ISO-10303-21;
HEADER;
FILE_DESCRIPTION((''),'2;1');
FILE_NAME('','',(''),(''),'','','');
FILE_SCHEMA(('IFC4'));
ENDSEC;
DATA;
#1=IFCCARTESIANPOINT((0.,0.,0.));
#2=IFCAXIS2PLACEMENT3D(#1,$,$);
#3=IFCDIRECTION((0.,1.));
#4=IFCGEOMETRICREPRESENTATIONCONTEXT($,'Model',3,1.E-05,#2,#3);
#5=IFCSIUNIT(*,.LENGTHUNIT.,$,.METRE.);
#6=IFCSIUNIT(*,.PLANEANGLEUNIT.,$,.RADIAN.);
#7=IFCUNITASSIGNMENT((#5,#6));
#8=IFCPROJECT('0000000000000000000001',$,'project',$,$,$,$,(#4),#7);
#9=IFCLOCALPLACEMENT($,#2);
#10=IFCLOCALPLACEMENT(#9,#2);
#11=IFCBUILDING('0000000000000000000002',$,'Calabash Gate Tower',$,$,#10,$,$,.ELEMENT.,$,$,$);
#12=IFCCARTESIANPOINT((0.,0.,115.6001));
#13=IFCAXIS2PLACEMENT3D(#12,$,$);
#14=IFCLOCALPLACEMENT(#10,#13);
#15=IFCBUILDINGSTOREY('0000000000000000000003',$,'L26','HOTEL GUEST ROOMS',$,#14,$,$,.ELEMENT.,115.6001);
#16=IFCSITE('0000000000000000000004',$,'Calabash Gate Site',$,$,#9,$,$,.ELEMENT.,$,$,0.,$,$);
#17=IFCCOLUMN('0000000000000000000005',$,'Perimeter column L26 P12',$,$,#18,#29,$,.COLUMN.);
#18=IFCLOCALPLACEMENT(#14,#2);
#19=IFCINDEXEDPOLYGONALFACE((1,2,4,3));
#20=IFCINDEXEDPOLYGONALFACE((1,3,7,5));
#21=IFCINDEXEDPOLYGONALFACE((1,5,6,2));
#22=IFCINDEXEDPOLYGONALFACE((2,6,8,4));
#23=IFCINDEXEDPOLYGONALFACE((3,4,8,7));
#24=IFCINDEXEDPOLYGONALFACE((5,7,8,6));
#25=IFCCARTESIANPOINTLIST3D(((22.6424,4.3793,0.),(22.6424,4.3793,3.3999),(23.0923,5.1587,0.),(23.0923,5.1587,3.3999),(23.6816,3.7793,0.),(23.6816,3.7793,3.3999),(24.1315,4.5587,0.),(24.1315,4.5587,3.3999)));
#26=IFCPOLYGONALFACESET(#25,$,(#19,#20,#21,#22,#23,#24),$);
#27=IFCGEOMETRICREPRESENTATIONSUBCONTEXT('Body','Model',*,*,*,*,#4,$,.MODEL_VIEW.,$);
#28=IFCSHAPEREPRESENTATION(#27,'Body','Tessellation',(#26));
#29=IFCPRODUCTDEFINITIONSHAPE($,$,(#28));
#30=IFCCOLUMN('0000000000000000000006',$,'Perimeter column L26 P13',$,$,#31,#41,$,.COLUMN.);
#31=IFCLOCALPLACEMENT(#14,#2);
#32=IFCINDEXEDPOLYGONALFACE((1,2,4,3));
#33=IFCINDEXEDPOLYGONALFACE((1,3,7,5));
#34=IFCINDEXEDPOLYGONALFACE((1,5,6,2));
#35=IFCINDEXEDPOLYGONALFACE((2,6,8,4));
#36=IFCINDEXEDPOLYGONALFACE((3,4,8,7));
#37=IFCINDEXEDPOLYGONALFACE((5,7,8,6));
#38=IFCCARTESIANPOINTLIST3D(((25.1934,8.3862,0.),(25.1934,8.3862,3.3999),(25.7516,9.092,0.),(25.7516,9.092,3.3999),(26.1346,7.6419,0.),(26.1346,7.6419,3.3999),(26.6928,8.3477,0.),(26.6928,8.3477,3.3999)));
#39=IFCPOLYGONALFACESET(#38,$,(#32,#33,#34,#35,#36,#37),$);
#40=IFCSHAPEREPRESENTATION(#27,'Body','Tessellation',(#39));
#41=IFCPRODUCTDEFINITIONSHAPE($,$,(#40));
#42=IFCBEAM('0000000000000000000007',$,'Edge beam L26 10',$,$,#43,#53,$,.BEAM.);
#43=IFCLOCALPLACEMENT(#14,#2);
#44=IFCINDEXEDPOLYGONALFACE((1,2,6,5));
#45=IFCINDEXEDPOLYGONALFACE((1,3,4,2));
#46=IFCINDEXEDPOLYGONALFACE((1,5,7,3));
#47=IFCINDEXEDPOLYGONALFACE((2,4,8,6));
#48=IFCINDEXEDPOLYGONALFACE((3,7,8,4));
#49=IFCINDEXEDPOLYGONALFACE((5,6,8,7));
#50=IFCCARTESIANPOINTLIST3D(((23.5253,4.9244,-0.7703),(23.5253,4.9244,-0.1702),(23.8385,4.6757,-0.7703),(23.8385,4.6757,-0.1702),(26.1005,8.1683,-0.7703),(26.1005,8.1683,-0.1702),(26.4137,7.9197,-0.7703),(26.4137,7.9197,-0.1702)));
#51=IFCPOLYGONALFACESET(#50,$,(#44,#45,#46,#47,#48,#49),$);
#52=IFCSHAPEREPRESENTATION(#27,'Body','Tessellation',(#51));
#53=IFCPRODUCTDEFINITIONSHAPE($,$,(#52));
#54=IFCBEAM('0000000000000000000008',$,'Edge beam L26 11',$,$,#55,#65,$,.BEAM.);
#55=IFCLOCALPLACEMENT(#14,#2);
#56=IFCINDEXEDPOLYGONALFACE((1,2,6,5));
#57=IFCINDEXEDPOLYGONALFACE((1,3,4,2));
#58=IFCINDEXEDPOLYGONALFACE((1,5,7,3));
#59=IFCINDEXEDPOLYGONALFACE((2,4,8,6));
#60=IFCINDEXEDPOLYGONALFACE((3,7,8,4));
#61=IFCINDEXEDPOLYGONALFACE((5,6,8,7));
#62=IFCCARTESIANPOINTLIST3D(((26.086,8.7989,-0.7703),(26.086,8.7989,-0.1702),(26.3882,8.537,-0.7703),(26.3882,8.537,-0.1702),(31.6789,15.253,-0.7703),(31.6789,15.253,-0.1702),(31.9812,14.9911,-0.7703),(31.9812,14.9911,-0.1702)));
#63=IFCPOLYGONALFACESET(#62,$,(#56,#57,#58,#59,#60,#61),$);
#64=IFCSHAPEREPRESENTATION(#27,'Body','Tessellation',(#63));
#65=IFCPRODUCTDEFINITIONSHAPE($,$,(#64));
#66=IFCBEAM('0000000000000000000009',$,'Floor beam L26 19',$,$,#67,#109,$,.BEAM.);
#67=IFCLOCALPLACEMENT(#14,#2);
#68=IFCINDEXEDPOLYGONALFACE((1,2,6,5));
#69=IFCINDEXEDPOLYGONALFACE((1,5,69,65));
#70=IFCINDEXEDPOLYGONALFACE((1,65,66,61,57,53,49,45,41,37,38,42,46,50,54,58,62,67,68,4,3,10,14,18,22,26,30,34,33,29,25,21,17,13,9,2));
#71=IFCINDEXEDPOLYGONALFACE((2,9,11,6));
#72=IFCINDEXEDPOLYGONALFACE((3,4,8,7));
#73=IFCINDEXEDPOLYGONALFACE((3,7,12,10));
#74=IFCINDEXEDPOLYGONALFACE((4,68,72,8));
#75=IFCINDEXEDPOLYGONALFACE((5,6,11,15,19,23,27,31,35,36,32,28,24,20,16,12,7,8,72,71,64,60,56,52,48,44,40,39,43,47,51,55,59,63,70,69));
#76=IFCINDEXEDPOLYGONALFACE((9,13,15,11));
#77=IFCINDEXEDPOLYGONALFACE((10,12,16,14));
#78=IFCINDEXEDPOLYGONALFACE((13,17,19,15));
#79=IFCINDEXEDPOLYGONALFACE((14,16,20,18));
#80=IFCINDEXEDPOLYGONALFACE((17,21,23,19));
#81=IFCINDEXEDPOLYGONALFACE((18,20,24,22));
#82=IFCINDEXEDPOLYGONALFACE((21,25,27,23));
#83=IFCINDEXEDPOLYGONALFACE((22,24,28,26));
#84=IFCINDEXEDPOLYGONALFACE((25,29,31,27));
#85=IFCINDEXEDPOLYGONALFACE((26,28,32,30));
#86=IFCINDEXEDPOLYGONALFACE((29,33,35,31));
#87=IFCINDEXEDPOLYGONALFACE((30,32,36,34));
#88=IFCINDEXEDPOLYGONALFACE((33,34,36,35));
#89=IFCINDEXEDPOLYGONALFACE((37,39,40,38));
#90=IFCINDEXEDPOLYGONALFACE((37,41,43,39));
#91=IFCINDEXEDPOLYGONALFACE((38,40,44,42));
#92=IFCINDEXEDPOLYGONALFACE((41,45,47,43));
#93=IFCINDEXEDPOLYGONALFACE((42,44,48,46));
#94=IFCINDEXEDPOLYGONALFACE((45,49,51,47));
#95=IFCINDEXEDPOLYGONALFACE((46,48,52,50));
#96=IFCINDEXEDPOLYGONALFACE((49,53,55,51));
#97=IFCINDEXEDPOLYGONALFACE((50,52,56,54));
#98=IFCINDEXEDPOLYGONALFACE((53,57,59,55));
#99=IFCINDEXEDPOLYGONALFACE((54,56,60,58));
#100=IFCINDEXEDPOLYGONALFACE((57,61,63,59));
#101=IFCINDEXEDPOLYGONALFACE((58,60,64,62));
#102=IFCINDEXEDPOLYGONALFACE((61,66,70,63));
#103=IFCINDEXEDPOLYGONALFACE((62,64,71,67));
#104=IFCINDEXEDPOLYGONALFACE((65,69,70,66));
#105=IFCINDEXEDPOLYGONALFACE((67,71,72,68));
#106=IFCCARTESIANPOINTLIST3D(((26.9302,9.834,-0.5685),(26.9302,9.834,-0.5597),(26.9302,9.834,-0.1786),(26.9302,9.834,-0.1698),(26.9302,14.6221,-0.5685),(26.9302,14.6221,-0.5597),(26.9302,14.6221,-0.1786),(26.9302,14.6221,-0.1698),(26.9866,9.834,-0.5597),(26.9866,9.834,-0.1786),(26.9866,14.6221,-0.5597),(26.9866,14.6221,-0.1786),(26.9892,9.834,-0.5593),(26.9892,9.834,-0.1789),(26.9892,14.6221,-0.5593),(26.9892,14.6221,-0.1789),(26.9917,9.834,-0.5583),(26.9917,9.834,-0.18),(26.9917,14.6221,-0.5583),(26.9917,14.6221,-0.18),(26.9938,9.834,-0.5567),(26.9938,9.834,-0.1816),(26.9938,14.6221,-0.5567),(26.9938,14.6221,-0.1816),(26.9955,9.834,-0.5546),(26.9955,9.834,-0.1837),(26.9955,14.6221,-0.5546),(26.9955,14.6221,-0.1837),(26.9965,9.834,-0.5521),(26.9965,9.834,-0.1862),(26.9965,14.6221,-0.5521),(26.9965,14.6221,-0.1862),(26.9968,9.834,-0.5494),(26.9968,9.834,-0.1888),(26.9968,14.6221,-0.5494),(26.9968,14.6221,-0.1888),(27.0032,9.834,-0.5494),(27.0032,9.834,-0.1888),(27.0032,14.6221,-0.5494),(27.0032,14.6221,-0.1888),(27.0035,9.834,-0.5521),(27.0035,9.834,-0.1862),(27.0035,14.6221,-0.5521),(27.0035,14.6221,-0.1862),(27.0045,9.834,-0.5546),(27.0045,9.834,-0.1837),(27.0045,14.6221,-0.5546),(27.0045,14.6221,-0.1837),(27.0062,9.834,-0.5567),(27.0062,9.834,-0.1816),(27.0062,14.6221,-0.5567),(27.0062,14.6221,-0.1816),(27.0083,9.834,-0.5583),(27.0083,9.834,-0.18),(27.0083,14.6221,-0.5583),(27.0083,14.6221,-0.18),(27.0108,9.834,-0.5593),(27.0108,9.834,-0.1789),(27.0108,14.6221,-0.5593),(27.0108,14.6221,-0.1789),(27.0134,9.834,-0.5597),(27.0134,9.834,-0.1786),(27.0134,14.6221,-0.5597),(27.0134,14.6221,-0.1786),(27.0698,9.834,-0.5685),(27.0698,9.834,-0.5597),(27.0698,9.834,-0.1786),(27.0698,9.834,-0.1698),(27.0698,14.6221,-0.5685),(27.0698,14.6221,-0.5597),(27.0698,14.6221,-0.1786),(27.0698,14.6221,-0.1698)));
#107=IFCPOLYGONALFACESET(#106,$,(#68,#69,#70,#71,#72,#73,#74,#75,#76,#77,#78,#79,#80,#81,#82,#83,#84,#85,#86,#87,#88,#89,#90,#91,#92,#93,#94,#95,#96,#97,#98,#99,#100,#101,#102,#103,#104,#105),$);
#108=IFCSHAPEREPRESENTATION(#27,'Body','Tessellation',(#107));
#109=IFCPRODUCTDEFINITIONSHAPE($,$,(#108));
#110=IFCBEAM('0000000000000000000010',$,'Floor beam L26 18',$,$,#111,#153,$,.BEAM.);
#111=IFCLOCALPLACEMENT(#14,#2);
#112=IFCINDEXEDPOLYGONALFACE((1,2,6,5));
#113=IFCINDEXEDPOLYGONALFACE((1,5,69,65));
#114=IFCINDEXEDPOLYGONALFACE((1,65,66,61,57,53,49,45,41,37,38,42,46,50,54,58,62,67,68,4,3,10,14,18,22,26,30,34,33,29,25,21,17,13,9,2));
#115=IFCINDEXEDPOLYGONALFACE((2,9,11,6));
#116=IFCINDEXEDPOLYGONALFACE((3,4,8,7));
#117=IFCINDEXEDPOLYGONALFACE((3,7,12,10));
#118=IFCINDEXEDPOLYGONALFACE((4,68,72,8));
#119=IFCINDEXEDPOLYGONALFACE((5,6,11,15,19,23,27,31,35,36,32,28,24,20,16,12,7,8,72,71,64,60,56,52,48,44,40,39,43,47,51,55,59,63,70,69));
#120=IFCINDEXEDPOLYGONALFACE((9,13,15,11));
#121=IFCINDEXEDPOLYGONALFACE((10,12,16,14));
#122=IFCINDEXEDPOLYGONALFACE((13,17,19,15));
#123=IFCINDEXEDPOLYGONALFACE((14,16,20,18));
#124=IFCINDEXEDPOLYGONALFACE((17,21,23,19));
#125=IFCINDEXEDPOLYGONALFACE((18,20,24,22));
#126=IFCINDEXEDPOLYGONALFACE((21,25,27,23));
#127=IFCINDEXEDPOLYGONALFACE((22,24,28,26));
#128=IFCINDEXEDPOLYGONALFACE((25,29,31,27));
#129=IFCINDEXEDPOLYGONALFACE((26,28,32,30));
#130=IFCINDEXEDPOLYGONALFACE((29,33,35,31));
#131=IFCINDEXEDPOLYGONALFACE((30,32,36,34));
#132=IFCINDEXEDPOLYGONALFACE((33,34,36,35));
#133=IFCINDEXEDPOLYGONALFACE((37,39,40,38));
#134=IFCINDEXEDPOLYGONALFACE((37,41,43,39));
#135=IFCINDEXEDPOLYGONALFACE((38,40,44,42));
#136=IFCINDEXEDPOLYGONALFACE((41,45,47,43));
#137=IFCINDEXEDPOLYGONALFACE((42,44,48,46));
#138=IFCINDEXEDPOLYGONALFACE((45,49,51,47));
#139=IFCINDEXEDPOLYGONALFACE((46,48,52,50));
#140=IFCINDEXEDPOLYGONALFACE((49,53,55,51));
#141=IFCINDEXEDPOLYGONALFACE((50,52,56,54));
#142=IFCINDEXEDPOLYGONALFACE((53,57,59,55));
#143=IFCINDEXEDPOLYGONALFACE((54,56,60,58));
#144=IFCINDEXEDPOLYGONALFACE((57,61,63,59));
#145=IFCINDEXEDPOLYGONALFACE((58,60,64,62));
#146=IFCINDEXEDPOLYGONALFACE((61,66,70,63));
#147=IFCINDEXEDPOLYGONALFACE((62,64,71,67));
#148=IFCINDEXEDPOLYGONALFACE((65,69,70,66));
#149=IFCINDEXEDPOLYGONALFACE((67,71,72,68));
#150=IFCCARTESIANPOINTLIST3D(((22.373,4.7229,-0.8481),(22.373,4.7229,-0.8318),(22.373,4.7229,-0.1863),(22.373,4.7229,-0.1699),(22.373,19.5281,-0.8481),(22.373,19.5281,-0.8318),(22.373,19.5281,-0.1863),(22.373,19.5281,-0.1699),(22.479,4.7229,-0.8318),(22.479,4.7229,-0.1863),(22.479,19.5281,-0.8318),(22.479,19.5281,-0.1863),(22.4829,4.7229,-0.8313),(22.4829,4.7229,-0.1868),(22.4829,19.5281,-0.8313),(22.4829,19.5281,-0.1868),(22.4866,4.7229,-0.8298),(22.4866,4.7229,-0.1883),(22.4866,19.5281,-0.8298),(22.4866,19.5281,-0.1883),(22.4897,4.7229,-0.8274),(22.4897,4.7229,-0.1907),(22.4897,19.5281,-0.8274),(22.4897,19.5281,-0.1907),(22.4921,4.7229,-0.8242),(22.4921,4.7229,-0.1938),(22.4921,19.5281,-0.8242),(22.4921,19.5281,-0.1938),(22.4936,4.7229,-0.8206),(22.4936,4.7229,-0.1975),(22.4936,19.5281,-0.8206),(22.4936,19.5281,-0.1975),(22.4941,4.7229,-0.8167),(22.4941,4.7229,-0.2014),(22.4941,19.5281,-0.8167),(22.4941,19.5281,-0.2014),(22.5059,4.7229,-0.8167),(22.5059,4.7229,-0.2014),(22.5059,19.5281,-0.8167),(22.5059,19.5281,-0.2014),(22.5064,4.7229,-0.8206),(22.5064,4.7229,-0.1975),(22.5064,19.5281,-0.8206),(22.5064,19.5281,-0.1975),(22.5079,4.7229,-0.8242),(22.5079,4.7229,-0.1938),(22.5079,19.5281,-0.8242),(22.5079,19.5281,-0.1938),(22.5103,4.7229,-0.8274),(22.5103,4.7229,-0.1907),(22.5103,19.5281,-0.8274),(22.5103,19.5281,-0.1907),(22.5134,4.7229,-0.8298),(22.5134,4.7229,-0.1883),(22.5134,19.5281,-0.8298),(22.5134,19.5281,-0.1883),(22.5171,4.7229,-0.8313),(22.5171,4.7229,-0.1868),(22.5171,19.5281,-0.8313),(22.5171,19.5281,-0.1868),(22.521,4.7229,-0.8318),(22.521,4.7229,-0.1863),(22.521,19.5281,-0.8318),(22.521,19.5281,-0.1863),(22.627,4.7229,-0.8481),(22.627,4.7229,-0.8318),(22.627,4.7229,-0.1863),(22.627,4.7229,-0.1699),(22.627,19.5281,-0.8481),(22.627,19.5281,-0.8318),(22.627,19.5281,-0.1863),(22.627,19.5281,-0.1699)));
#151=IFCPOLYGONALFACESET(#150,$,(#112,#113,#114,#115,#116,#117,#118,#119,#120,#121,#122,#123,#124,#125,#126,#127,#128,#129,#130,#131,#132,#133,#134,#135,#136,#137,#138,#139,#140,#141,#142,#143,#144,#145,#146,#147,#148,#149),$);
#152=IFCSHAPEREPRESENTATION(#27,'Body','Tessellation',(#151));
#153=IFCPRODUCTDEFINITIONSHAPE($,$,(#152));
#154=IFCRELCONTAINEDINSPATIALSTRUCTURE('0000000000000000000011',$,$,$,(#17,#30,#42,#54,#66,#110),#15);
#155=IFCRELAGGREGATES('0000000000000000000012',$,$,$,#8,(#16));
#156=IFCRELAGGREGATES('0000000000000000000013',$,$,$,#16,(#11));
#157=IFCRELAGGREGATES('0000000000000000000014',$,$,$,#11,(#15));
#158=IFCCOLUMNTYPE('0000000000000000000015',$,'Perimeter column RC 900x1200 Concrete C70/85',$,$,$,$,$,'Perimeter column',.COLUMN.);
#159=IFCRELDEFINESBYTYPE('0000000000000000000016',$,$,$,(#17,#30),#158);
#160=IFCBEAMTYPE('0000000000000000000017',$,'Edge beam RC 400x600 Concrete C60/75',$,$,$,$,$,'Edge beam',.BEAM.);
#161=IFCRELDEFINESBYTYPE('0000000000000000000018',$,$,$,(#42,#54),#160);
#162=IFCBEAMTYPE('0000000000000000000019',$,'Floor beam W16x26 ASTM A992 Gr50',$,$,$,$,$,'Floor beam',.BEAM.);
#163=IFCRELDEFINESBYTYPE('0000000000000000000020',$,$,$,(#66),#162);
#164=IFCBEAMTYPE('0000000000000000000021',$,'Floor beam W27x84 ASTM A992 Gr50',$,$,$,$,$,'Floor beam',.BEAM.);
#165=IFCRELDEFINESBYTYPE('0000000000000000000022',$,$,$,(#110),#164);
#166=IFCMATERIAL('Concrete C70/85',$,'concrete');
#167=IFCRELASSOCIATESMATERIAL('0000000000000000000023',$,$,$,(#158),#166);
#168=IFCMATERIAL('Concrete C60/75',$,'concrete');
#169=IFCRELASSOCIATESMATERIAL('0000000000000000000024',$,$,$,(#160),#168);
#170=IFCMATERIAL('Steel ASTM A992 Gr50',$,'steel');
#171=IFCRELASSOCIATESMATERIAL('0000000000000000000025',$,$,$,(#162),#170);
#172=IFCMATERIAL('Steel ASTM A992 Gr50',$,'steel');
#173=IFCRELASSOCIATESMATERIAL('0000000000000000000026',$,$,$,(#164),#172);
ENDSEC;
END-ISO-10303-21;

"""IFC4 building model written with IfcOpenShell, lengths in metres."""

from ifc_helpers import new_model, si_unit, direction, frame, origin, origin_2d, place, context, subcontext, project, spatial, rectangle, i_section, extrude, material, material_profile, profile_set, type_object, element, save


model = new_model("IFC4")

# Units and contexts
model_context = context("Model", 3, precision=1e-05, world=origin(), true_north=direction((0.0, 1.0)))
body_context = subcontext(model_context, "Body", "Model", "MODEL_VIEW")
ifc_project = project(units=[si_unit("LENGTHUNIT", "METRE"), si_unit("PLANEANGLEUNIT", "RADIAN")], contexts=[model_context])

# Site, building, storey
site_placement = place(None, origin())
site = spatial("IfcSite", under=ifc_project, at=site_placement, Name="Calabash Gate Site", CompositionType="ELEMENT", RefElevation=0.0)
building_placement = place(site_placement, origin())
building = spatial("IfcBuilding", under=site, at=building_placement, Name="Calabash Gate Tower", CompositionType="ELEMENT")
storey_placement = place(building_placement, frame((0.0, 0.0, 115.6001)))
storey = spatial("IfcBuildingStorey", under=building, at=storey_placement, Name="L26", Description="HOTEL GUEST ROOMS", CompositionType="ELEMENT", Elevation=115.6001)

# Columns
ifc_material_1 = material(Name="Concrete C70/85", Category="concrete")
ifc_material_profile_1 = material_profile(ifc_material_1, rectangle(XDim=0.8999, YDim=1.2, at=origin_2d()))
ifc_profile_set_1 = profile_set([ifc_material_profile_1], Name="Concrete C70/85")
column_type = type_object("IfcColumnType", Name="Perimeter column RC 900x1200 Concrete C70/85", ElementType="Perimeter column", PredefinedType="COLUMN", material=ifc_profile_set_1)
for number, where, z_axis, x_axis, name in (
    (1, (23.387, 4.469, 0.0), (0.0, 0.0, 1.0), (0.5, 0.866025, 0.0), "Perimeter column L26 P12"),
    (2, (25.9431, 8.3669, 0.0), (0.0, 0.0, 1.0), (0.620301, 0.784364, 0.0), "Perimeter column L26 P13"),
):
    element("IfcColumn", number, at=place(storey_placement, frame(where, z_axis=z_axis, x_axis=x_axis)), inside=storey, type_object=column_type, Name=name, PredefinedType="COLUMN", context=body_context, shape_type="SweptSolid", body=[
        extrude(rectangle(XDim=0.8999, YDim=1.2, at=origin_2d()), origin(), (0.0, 0.0, 1.0), 3.3999),
    ])

# Beams
ifc_material_2 = material(Name="Concrete C60/75", Category="concrete")
ifc_material_profile_2 = material_profile(ifc_material_2, rectangle(XDim=0.3999, YDim=0.6001, at=origin_2d()))
ifc_profile_set_2 = profile_set([ifc_material_profile_2], Name="Concrete C60/75")
beam_type_1 = type_object("IfcBeamType", Name="Edge beam RC 400x600 Concrete C60/75", ElementType="Edge beam", PredefinedType="BEAM", material=ifc_profile_set_2)
beam_1_placement = place(storey_placement, frame((23.6819, 4.8, -0.4702), z_axis=(0.621758, 0.78321, 0.0), x_axis=(-0.78321, 0.621758, 0.0)))
element("IfcBeam", 3, at=beam_1_placement, inside=storey, type_object=beam_type_1, Name="Edge beam L26 10", PredefinedType="BEAM", context=body_context, shape_type="SweptSolid", body=[
    extrude(rectangle(XDim=0.3999, YDim=0.6001, at=origin_2d()), origin(), (0.0, 0.0, 1.0), 4.1418),
])
beam_2_placement = place(storey_placement, frame((26.2371, 8.668, -0.4702), z_axis=(0.654895, 0.75572, 0.0), x_axis=(-0.75572, 0.654895, 0.0)))
element("IfcBeam", 4, at=beam_2_placement, inside=storey, type_object=beam_type_1, Name="Edge beam L26 11", PredefinedType="BEAM", context=body_context, shape_type="SweptSolid", body=[
    extrude(rectangle(XDim=0.3999, YDim=0.6001, at=origin_2d()), origin(), (0.0, 0.0, 1.0), 8.5403),
])
ifc_material_3 = material(Name="Steel ASTM A992 Gr50", Category="steel")
ifc_material_profile_3 = material_profile(ifc_material_3, i_section(OverallWidth=0.1396, OverallDepth=0.3987, WebThickness=0.0063, FlangeThickness=0.0088, FilletRadius=0.0103, at=origin_2d()))
ifc_profile_set_3 = profile_set([ifc_material_profile_3], Name="Steel ASTM A992 Gr50")
beam_type_2 = type_object("IfcBeamType", Name="Floor beam W16x26 ASTM A992 Gr50", ElementType="Floor beam", PredefinedType="BEAM", material=ifc_profile_set_3)
beam_3_placement = place(storey_placement, frame((27.0, 9.834, -0.3691), z_axis=(0.0, 1.0, 0.0), x_axis=(-1.0, 0.0, 0.0)))
element("IfcBeam", 5, at=beam_3_placement, inside=storey, type_object=beam_type_2, Name="Floor beam L26 19", PredefinedType="BEAM", context=body_context, shape_type="SweptSolid", body=[
    extrude(i_section(OverallWidth=0.1396, OverallDepth=0.3987, WebThickness=0.0063, FlangeThickness=0.0088, FilletRadius=0.0103, at=origin_2d()), origin(), (0.0, 0.0, 1.0), 4.7881),
])
ifc_material_4 = material(Name="Steel ASTM A992 Gr50", Category="steel")
ifc_material_profile_4 = material_profile(ifc_material_4, i_section(OverallWidth=0.2539, OverallDepth=0.6782, WebThickness=0.0117, FlangeThickness=0.0164, FilletRadius=0.0151, at=origin_2d()))
ifc_profile_set_4 = profile_set([ifc_material_profile_4], Name="Steel ASTM A992 Gr50")
beam_type_3 = type_object("IfcBeamType", Name="Floor beam W27x84 ASTM A992 Gr50", ElementType="Floor beam", PredefinedType="BEAM", material=ifc_profile_set_4)
beam_4_placement = place(storey_placement, frame((22.5, 4.7229, -0.509), z_axis=(0.0, 1.0, 0.0), x_axis=(-1.0, 0.0, 0.0)))
element("IfcBeam", 6, at=beam_4_placement, inside=storey, type_object=beam_type_3, Name="Floor beam L26 18", PredefinedType="BEAM", context=body_context, shape_type="SweptSolid", body=[
    extrude(i_section(OverallWidth=0.2539, OverallDepth=0.6782, WebThickness=0.0117, FlangeThickness=0.0164, FilletRadius=0.0151, at=origin_2d()), origin(), (0.0, 0.0, 1.0), 14.8052),
])

save(model, "model.ifc")
